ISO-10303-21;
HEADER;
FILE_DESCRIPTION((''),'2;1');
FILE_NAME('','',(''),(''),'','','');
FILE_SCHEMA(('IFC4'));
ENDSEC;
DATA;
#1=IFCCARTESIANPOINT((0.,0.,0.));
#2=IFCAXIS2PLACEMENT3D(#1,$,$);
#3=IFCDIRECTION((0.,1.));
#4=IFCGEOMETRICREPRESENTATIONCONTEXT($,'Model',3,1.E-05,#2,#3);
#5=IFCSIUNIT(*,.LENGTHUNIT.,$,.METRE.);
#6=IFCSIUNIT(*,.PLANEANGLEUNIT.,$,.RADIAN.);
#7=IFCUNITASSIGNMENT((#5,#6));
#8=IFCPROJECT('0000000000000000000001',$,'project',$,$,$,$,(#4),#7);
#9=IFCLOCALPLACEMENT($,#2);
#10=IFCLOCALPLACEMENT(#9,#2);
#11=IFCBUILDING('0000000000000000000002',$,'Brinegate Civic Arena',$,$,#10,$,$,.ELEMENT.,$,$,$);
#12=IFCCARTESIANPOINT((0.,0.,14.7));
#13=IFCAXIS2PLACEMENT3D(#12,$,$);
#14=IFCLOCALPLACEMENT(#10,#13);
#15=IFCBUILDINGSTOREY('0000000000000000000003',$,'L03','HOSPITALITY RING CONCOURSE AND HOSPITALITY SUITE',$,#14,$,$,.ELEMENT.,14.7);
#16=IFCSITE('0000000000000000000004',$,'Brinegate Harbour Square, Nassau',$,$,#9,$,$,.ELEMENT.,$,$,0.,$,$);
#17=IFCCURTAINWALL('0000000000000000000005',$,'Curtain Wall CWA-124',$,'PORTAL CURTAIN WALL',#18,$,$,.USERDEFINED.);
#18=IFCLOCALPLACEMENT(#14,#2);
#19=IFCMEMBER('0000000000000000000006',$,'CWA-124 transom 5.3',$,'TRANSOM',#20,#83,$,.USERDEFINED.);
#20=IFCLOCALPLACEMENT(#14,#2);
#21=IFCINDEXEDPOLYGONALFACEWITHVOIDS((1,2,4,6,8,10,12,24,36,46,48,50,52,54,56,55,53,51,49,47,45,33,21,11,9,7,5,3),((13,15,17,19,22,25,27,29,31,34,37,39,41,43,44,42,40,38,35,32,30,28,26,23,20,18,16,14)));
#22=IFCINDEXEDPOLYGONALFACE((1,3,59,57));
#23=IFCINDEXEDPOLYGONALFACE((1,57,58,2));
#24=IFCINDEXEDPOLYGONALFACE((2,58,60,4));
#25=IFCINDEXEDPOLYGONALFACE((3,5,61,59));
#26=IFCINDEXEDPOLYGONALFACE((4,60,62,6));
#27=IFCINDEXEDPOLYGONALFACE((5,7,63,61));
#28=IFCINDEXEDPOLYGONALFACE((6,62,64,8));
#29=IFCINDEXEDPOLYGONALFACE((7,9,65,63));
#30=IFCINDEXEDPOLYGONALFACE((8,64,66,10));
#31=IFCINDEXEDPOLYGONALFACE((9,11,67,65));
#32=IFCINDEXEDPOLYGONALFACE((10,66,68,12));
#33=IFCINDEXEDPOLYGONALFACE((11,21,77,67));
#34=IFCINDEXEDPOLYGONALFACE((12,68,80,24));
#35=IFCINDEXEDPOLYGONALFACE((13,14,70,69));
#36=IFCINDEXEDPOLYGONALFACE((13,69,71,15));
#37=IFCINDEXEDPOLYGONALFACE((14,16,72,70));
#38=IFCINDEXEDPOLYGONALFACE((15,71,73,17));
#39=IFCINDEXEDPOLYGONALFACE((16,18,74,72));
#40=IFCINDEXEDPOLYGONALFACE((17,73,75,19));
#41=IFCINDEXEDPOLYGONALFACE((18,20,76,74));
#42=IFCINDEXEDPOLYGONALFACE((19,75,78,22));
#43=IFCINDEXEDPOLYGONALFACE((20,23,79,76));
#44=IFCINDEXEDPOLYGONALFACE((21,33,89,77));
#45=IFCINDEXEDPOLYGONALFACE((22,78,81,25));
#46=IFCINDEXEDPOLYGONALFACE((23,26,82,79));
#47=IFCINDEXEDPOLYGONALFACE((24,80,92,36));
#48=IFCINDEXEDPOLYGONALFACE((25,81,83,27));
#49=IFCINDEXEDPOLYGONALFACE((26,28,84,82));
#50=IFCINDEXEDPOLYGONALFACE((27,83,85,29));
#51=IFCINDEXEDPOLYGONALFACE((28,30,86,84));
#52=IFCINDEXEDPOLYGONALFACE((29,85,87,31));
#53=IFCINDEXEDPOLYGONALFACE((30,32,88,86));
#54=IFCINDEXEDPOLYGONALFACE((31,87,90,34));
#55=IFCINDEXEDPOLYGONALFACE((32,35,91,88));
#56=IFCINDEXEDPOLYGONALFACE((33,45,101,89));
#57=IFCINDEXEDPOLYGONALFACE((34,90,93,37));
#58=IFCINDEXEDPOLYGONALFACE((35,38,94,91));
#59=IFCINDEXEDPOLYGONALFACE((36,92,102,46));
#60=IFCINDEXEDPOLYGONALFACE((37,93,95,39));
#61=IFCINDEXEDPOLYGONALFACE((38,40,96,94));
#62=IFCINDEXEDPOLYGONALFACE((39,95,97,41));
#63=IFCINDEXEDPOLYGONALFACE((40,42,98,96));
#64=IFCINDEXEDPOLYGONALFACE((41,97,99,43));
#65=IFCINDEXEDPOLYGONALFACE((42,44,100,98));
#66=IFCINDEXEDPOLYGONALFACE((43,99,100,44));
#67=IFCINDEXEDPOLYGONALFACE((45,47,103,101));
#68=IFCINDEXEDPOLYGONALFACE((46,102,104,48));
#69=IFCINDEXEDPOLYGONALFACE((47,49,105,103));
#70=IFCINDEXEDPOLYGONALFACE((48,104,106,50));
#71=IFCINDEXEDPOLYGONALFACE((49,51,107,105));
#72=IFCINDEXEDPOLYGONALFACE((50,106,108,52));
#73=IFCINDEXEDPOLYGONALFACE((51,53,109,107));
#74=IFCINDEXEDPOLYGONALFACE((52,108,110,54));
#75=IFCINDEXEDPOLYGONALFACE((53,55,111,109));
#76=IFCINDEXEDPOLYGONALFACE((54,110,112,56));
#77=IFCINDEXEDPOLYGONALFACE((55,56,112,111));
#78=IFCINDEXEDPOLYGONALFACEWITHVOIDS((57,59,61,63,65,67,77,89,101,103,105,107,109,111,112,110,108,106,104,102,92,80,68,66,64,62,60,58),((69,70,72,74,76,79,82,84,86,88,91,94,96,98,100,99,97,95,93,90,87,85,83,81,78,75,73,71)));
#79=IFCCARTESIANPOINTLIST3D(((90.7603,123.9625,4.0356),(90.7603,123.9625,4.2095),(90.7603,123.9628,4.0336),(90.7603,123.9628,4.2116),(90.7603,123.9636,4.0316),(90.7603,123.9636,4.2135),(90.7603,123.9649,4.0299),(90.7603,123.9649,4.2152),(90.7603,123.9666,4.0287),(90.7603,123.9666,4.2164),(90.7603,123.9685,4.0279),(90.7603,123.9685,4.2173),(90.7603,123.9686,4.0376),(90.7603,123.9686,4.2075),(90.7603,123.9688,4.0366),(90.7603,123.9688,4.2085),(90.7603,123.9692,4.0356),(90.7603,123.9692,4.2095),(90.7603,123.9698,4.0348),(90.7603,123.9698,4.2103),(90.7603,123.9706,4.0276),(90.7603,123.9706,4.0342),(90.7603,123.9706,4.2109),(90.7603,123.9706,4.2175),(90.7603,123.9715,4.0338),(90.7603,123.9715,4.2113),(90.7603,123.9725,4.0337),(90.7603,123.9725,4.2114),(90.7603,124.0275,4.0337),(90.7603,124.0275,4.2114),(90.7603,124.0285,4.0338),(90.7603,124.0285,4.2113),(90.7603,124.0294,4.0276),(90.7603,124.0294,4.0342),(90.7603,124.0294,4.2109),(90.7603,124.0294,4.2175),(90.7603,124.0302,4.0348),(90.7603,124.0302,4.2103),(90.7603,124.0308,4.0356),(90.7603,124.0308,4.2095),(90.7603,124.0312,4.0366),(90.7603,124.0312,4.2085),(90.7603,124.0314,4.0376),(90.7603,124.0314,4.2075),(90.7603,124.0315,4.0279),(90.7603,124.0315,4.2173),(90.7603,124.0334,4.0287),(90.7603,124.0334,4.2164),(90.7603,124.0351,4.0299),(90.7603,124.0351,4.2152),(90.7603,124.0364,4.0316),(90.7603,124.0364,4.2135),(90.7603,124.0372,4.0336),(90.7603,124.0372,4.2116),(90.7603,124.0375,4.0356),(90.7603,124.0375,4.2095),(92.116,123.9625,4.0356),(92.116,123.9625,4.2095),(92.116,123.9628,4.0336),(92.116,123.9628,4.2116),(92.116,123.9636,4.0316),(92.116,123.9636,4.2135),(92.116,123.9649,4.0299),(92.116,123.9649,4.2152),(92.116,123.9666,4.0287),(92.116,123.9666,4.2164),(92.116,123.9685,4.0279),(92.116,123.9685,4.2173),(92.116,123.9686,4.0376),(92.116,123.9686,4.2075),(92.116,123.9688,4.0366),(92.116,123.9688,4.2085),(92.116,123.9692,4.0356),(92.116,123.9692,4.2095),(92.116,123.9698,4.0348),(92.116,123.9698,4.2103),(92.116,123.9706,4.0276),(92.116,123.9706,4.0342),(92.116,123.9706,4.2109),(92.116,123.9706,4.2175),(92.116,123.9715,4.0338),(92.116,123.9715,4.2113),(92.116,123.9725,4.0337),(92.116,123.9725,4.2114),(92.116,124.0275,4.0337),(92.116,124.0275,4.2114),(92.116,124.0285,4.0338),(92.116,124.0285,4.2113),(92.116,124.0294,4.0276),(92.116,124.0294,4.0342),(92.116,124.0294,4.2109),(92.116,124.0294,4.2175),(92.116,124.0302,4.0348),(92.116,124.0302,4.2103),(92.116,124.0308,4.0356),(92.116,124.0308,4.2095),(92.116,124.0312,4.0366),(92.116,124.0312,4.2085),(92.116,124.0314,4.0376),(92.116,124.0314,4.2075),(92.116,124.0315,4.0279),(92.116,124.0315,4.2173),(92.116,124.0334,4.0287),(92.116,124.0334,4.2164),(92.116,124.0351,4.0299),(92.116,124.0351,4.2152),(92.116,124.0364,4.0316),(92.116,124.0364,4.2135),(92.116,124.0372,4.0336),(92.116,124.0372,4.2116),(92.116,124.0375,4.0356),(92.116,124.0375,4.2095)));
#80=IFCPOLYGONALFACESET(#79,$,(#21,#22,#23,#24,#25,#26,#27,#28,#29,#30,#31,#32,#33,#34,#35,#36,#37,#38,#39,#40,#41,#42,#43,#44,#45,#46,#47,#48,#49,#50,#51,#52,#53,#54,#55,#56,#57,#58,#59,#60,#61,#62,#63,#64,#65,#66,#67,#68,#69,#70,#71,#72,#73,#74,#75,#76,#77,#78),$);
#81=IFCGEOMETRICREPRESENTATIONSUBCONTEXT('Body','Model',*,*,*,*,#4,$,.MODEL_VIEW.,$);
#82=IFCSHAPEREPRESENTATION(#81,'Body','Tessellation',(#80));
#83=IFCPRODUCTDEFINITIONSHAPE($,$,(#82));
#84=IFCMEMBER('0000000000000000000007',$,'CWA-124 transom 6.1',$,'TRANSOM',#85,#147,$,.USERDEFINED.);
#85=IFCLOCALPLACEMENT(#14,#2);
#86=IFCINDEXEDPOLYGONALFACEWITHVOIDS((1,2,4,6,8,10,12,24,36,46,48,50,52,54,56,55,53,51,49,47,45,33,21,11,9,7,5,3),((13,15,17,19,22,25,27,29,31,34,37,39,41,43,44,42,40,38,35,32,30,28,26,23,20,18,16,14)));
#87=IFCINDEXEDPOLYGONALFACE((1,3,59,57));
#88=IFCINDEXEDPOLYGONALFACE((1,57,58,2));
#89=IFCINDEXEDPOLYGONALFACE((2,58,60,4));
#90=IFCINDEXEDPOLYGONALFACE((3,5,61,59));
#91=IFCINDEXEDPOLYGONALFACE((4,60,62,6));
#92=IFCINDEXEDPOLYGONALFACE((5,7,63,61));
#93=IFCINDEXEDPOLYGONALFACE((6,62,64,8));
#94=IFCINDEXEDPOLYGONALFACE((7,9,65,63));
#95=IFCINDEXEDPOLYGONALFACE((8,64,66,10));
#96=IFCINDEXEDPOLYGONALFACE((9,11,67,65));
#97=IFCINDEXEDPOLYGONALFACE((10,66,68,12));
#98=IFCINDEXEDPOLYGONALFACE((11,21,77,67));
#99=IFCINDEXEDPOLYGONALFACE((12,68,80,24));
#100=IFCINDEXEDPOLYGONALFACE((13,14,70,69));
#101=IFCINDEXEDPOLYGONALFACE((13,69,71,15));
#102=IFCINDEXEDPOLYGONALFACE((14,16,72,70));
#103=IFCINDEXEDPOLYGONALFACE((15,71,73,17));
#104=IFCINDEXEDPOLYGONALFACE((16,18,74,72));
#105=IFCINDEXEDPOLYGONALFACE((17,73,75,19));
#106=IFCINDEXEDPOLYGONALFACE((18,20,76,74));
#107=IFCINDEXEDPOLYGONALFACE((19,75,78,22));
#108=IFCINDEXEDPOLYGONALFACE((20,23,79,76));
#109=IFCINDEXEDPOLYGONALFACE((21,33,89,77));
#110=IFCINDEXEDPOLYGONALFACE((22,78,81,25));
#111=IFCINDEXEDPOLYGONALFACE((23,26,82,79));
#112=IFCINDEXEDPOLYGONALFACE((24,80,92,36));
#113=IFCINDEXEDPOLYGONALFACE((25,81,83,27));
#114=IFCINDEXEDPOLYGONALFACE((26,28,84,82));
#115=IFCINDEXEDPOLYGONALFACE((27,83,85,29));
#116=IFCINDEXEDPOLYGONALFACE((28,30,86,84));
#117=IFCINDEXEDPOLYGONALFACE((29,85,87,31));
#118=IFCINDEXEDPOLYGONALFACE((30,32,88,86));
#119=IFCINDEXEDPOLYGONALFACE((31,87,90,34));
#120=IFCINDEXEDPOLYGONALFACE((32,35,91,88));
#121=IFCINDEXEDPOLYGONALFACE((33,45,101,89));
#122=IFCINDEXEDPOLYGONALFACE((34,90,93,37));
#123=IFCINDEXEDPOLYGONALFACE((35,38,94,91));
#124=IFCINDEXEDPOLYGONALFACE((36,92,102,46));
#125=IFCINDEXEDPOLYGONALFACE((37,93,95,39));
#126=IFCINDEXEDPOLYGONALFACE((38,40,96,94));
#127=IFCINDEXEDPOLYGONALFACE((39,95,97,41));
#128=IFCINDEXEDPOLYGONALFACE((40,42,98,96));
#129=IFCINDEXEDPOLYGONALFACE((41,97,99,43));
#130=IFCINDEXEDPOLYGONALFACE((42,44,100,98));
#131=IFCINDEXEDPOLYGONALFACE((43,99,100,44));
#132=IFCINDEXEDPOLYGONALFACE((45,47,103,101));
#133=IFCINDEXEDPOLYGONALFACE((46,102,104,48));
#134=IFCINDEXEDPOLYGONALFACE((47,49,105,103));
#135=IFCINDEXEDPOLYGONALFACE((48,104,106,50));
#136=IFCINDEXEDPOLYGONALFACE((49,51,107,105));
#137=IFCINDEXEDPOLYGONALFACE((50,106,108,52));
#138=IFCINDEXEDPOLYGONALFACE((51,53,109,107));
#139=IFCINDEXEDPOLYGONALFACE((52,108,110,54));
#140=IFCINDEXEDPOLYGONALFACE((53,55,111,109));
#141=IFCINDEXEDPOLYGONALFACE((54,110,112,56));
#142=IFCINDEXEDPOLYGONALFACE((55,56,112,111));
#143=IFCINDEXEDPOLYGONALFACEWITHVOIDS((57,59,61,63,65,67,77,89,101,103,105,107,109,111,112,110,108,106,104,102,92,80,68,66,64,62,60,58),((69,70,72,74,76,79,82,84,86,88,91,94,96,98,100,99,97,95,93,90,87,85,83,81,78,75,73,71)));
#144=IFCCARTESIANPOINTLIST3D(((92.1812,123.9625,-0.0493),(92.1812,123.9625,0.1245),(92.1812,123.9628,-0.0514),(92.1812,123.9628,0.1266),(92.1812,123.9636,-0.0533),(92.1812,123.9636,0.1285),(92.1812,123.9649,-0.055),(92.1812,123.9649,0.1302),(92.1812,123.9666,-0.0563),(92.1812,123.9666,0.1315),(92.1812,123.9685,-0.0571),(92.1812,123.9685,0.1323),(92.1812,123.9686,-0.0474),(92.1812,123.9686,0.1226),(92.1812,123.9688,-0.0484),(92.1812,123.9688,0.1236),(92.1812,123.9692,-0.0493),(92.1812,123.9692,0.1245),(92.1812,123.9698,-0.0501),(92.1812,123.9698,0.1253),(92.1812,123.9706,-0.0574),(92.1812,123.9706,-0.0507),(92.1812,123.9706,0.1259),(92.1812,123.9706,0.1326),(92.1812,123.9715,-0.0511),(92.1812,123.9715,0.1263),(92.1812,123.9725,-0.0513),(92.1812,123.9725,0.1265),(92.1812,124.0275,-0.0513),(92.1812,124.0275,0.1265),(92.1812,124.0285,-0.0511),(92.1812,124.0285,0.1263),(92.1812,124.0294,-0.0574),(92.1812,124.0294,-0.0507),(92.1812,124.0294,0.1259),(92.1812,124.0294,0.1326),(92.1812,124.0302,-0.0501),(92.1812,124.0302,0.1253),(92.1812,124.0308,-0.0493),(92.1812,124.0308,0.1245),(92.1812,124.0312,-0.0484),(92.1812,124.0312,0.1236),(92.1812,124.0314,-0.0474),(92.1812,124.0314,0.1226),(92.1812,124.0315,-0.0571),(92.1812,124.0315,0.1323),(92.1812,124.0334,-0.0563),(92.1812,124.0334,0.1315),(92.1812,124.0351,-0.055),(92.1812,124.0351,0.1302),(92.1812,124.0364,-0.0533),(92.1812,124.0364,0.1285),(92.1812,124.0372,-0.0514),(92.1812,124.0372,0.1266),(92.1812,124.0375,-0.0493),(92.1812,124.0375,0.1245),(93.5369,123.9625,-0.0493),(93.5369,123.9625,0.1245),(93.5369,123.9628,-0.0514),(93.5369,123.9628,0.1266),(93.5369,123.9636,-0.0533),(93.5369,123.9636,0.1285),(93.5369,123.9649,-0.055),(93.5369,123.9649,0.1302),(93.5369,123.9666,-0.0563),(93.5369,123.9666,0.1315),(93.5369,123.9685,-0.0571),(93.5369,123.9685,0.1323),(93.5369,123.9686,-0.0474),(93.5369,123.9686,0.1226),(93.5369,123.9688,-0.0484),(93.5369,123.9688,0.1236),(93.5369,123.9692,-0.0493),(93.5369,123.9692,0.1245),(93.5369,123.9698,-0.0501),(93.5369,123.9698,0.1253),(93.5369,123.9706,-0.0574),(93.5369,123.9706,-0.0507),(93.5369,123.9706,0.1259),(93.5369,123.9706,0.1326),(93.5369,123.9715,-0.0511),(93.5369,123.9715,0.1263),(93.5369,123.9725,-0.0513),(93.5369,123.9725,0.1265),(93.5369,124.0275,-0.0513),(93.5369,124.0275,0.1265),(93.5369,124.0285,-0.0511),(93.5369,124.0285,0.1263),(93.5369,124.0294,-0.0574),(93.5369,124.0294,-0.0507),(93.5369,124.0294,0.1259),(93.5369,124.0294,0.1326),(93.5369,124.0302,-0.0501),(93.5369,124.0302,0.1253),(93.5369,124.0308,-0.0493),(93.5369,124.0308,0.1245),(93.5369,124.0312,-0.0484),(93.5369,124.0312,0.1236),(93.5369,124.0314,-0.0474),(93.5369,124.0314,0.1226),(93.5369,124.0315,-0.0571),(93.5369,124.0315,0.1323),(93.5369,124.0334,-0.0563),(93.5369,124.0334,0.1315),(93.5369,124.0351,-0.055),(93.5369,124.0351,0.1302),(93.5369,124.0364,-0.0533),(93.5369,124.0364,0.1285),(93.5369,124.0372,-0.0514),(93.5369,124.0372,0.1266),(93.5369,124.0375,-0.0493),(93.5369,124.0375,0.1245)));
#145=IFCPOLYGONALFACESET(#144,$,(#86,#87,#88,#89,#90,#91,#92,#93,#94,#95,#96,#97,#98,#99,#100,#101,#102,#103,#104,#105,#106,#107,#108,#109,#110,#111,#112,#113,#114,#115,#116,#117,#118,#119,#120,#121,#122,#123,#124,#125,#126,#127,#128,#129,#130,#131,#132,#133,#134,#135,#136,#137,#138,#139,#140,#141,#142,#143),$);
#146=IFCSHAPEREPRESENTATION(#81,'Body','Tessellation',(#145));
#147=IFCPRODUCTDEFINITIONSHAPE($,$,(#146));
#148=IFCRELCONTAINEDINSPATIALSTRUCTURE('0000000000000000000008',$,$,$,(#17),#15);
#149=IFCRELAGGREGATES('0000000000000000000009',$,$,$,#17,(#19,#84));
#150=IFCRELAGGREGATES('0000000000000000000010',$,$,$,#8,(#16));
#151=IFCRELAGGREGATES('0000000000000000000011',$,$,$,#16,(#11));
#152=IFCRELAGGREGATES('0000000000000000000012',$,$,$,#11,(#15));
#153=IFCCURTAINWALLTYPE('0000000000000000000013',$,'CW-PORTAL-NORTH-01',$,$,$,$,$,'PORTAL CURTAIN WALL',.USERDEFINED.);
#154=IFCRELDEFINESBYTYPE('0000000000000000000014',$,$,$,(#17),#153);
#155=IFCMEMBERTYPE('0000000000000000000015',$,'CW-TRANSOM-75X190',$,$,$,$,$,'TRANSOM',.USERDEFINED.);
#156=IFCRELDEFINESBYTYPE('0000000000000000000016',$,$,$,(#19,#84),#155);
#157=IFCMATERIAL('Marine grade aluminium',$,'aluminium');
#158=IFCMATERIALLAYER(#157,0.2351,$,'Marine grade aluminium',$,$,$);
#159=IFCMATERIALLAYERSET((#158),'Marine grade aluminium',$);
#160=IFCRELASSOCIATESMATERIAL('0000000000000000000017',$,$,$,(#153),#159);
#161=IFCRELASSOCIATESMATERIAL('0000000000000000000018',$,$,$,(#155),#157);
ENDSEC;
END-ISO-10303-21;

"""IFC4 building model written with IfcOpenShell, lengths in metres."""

from ifc_helpers import new_model, si_unit, direction, frame, origin, origin_2d, place, context, subcontext, project, spatial, hollow_rectangle, extrude, material, layer, layer_set, material_profile, profile_set, type_object, element, aggregate, save


model = new_model("IFC4")

# Units and contexts
model_context = context("Model", 3, precision=1e-05, world=origin(), true_north=direction((0.0, 1.0)))
body_context = subcontext(model_context, "Body", "Model", "MODEL_VIEW")
ifc_project = project(units=[si_unit("LENGTHUNIT", "METRE"), si_unit("PLANEANGLEUNIT", "RADIAN")], contexts=[model_context])

# Site, building, storey
site_placement = place(None, origin())
site = spatial("IfcSite", under=ifc_project, at=site_placement, Name="Brinegate Harbour Square, Nassau", CompositionType="ELEMENT", RefElevation=0.0)
building_placement = place(site_placement, origin())
building = spatial("IfcBuilding", under=site, at=building_placement, Name="Brinegate Civic Arena", CompositionType="ELEMENT")
storey_placement = place(building_placement, frame((0.0, 0.0, 14.7)))
storey = spatial("IfcBuildingStorey", under=building, at=storey_placement, Name="L03", Description="HOSPITALITY RING CONCOURSE AND HOSPITALITY SUITE", CompositionType="ELEMENT", Elevation=14.7)

# Curtain wall, members
ifc_material_1 = material(Name="Marine grade aluminium", Category="aluminium")
ifc_layer_1 = layer(ifc_material_1, 0.2351, Name="Marine grade aluminium")
ifc_layer_set_1 = layer_set([ifc_layer_1], Name="Marine grade aluminium")
curtain_wall_type = type_object("IfcCurtainWallType", Name="CW-PORTAL-NORTH-01", ElementType="PORTAL CURTAIN WALL", PredefinedType="USERDEFINED", material=ifc_layer_set_1)
curtain_wall_placement = place(storey_placement, origin())
curtain_wall = element("IfcCurtainWall", 1, at=curtain_wall_placement, inside=storey, type_object=curtain_wall_type, Name="Curtain Wall CWA-124", ObjectType="PORTAL CURTAIN WALL", PredefinedType="USERDEFINED")
ifc_material_profile_1 = material_profile(ifc_material_1, hollow_rectangle(XDim=0.075, YDim=0.1899, WallThickness=0.0061, InnerFilletRadius=0.0039, OuterFilletRadius=0.0081, at=origin_2d()), Name="TRN75X190")
ifc_profile_set_1 = profile_set([ifc_material_profile_1], Name="Marine grade aluminium")
member_type_1 = type_object("IfcMemberType", Name="CW-TRANSOM-75X190", ElementType="TRANSOM", PredefinedType="USERDEFINED", material=ifc_profile_set_1)
member_1_placement = place(storey_placement, frame((90.7603, 124.0, 4.1226), z_axis=(1.0, 0.0, 0.0), x_axis=(0.0, 1.0, 0.0)))
member_1 = element("IfcMember", 2, at=member_1_placement, type_object=member_type_1, Name="CWA-124 transom 5.3", ObjectType="TRANSOM", PredefinedType="USERDEFINED", context=body_context, shape_type="SweptSolid", body=[
    extrude(hollow_rectangle(XDim=0.075, YDim=0.1899, WallThickness=0.0061, InnerFilletRadius=0.0039, OuterFilletRadius=0.0081, at=origin_2d()), origin(), (0.0, 0.0, 1.0), 1.3557),
])
member_2_placement = place(storey_placement, frame((92.1812, 124.0, 0.0376), z_axis=(1.0, 0.0, 0.0), x_axis=(0.0, 1.0, 0.0)))
member_2 = element("IfcMember", 3, at=member_2_placement, type_object=member_type_1, Name="CWA-124 transom 6.1", ObjectType="TRANSOM", PredefinedType="USERDEFINED", context=body_context, shape_type="SweptSolid", body=[
    extrude(hollow_rectangle(XDim=0.075, YDim=0.1899, WallThickness=0.0061, InnerFilletRadius=0.0039, OuterFilletRadius=0.0081, at=origin_2d()), origin(), (0.0, 0.0, 1.0), 1.3557),
])

aggregate(curtain_wall, [member_1, member_2])

save(model, "model.ifc")
